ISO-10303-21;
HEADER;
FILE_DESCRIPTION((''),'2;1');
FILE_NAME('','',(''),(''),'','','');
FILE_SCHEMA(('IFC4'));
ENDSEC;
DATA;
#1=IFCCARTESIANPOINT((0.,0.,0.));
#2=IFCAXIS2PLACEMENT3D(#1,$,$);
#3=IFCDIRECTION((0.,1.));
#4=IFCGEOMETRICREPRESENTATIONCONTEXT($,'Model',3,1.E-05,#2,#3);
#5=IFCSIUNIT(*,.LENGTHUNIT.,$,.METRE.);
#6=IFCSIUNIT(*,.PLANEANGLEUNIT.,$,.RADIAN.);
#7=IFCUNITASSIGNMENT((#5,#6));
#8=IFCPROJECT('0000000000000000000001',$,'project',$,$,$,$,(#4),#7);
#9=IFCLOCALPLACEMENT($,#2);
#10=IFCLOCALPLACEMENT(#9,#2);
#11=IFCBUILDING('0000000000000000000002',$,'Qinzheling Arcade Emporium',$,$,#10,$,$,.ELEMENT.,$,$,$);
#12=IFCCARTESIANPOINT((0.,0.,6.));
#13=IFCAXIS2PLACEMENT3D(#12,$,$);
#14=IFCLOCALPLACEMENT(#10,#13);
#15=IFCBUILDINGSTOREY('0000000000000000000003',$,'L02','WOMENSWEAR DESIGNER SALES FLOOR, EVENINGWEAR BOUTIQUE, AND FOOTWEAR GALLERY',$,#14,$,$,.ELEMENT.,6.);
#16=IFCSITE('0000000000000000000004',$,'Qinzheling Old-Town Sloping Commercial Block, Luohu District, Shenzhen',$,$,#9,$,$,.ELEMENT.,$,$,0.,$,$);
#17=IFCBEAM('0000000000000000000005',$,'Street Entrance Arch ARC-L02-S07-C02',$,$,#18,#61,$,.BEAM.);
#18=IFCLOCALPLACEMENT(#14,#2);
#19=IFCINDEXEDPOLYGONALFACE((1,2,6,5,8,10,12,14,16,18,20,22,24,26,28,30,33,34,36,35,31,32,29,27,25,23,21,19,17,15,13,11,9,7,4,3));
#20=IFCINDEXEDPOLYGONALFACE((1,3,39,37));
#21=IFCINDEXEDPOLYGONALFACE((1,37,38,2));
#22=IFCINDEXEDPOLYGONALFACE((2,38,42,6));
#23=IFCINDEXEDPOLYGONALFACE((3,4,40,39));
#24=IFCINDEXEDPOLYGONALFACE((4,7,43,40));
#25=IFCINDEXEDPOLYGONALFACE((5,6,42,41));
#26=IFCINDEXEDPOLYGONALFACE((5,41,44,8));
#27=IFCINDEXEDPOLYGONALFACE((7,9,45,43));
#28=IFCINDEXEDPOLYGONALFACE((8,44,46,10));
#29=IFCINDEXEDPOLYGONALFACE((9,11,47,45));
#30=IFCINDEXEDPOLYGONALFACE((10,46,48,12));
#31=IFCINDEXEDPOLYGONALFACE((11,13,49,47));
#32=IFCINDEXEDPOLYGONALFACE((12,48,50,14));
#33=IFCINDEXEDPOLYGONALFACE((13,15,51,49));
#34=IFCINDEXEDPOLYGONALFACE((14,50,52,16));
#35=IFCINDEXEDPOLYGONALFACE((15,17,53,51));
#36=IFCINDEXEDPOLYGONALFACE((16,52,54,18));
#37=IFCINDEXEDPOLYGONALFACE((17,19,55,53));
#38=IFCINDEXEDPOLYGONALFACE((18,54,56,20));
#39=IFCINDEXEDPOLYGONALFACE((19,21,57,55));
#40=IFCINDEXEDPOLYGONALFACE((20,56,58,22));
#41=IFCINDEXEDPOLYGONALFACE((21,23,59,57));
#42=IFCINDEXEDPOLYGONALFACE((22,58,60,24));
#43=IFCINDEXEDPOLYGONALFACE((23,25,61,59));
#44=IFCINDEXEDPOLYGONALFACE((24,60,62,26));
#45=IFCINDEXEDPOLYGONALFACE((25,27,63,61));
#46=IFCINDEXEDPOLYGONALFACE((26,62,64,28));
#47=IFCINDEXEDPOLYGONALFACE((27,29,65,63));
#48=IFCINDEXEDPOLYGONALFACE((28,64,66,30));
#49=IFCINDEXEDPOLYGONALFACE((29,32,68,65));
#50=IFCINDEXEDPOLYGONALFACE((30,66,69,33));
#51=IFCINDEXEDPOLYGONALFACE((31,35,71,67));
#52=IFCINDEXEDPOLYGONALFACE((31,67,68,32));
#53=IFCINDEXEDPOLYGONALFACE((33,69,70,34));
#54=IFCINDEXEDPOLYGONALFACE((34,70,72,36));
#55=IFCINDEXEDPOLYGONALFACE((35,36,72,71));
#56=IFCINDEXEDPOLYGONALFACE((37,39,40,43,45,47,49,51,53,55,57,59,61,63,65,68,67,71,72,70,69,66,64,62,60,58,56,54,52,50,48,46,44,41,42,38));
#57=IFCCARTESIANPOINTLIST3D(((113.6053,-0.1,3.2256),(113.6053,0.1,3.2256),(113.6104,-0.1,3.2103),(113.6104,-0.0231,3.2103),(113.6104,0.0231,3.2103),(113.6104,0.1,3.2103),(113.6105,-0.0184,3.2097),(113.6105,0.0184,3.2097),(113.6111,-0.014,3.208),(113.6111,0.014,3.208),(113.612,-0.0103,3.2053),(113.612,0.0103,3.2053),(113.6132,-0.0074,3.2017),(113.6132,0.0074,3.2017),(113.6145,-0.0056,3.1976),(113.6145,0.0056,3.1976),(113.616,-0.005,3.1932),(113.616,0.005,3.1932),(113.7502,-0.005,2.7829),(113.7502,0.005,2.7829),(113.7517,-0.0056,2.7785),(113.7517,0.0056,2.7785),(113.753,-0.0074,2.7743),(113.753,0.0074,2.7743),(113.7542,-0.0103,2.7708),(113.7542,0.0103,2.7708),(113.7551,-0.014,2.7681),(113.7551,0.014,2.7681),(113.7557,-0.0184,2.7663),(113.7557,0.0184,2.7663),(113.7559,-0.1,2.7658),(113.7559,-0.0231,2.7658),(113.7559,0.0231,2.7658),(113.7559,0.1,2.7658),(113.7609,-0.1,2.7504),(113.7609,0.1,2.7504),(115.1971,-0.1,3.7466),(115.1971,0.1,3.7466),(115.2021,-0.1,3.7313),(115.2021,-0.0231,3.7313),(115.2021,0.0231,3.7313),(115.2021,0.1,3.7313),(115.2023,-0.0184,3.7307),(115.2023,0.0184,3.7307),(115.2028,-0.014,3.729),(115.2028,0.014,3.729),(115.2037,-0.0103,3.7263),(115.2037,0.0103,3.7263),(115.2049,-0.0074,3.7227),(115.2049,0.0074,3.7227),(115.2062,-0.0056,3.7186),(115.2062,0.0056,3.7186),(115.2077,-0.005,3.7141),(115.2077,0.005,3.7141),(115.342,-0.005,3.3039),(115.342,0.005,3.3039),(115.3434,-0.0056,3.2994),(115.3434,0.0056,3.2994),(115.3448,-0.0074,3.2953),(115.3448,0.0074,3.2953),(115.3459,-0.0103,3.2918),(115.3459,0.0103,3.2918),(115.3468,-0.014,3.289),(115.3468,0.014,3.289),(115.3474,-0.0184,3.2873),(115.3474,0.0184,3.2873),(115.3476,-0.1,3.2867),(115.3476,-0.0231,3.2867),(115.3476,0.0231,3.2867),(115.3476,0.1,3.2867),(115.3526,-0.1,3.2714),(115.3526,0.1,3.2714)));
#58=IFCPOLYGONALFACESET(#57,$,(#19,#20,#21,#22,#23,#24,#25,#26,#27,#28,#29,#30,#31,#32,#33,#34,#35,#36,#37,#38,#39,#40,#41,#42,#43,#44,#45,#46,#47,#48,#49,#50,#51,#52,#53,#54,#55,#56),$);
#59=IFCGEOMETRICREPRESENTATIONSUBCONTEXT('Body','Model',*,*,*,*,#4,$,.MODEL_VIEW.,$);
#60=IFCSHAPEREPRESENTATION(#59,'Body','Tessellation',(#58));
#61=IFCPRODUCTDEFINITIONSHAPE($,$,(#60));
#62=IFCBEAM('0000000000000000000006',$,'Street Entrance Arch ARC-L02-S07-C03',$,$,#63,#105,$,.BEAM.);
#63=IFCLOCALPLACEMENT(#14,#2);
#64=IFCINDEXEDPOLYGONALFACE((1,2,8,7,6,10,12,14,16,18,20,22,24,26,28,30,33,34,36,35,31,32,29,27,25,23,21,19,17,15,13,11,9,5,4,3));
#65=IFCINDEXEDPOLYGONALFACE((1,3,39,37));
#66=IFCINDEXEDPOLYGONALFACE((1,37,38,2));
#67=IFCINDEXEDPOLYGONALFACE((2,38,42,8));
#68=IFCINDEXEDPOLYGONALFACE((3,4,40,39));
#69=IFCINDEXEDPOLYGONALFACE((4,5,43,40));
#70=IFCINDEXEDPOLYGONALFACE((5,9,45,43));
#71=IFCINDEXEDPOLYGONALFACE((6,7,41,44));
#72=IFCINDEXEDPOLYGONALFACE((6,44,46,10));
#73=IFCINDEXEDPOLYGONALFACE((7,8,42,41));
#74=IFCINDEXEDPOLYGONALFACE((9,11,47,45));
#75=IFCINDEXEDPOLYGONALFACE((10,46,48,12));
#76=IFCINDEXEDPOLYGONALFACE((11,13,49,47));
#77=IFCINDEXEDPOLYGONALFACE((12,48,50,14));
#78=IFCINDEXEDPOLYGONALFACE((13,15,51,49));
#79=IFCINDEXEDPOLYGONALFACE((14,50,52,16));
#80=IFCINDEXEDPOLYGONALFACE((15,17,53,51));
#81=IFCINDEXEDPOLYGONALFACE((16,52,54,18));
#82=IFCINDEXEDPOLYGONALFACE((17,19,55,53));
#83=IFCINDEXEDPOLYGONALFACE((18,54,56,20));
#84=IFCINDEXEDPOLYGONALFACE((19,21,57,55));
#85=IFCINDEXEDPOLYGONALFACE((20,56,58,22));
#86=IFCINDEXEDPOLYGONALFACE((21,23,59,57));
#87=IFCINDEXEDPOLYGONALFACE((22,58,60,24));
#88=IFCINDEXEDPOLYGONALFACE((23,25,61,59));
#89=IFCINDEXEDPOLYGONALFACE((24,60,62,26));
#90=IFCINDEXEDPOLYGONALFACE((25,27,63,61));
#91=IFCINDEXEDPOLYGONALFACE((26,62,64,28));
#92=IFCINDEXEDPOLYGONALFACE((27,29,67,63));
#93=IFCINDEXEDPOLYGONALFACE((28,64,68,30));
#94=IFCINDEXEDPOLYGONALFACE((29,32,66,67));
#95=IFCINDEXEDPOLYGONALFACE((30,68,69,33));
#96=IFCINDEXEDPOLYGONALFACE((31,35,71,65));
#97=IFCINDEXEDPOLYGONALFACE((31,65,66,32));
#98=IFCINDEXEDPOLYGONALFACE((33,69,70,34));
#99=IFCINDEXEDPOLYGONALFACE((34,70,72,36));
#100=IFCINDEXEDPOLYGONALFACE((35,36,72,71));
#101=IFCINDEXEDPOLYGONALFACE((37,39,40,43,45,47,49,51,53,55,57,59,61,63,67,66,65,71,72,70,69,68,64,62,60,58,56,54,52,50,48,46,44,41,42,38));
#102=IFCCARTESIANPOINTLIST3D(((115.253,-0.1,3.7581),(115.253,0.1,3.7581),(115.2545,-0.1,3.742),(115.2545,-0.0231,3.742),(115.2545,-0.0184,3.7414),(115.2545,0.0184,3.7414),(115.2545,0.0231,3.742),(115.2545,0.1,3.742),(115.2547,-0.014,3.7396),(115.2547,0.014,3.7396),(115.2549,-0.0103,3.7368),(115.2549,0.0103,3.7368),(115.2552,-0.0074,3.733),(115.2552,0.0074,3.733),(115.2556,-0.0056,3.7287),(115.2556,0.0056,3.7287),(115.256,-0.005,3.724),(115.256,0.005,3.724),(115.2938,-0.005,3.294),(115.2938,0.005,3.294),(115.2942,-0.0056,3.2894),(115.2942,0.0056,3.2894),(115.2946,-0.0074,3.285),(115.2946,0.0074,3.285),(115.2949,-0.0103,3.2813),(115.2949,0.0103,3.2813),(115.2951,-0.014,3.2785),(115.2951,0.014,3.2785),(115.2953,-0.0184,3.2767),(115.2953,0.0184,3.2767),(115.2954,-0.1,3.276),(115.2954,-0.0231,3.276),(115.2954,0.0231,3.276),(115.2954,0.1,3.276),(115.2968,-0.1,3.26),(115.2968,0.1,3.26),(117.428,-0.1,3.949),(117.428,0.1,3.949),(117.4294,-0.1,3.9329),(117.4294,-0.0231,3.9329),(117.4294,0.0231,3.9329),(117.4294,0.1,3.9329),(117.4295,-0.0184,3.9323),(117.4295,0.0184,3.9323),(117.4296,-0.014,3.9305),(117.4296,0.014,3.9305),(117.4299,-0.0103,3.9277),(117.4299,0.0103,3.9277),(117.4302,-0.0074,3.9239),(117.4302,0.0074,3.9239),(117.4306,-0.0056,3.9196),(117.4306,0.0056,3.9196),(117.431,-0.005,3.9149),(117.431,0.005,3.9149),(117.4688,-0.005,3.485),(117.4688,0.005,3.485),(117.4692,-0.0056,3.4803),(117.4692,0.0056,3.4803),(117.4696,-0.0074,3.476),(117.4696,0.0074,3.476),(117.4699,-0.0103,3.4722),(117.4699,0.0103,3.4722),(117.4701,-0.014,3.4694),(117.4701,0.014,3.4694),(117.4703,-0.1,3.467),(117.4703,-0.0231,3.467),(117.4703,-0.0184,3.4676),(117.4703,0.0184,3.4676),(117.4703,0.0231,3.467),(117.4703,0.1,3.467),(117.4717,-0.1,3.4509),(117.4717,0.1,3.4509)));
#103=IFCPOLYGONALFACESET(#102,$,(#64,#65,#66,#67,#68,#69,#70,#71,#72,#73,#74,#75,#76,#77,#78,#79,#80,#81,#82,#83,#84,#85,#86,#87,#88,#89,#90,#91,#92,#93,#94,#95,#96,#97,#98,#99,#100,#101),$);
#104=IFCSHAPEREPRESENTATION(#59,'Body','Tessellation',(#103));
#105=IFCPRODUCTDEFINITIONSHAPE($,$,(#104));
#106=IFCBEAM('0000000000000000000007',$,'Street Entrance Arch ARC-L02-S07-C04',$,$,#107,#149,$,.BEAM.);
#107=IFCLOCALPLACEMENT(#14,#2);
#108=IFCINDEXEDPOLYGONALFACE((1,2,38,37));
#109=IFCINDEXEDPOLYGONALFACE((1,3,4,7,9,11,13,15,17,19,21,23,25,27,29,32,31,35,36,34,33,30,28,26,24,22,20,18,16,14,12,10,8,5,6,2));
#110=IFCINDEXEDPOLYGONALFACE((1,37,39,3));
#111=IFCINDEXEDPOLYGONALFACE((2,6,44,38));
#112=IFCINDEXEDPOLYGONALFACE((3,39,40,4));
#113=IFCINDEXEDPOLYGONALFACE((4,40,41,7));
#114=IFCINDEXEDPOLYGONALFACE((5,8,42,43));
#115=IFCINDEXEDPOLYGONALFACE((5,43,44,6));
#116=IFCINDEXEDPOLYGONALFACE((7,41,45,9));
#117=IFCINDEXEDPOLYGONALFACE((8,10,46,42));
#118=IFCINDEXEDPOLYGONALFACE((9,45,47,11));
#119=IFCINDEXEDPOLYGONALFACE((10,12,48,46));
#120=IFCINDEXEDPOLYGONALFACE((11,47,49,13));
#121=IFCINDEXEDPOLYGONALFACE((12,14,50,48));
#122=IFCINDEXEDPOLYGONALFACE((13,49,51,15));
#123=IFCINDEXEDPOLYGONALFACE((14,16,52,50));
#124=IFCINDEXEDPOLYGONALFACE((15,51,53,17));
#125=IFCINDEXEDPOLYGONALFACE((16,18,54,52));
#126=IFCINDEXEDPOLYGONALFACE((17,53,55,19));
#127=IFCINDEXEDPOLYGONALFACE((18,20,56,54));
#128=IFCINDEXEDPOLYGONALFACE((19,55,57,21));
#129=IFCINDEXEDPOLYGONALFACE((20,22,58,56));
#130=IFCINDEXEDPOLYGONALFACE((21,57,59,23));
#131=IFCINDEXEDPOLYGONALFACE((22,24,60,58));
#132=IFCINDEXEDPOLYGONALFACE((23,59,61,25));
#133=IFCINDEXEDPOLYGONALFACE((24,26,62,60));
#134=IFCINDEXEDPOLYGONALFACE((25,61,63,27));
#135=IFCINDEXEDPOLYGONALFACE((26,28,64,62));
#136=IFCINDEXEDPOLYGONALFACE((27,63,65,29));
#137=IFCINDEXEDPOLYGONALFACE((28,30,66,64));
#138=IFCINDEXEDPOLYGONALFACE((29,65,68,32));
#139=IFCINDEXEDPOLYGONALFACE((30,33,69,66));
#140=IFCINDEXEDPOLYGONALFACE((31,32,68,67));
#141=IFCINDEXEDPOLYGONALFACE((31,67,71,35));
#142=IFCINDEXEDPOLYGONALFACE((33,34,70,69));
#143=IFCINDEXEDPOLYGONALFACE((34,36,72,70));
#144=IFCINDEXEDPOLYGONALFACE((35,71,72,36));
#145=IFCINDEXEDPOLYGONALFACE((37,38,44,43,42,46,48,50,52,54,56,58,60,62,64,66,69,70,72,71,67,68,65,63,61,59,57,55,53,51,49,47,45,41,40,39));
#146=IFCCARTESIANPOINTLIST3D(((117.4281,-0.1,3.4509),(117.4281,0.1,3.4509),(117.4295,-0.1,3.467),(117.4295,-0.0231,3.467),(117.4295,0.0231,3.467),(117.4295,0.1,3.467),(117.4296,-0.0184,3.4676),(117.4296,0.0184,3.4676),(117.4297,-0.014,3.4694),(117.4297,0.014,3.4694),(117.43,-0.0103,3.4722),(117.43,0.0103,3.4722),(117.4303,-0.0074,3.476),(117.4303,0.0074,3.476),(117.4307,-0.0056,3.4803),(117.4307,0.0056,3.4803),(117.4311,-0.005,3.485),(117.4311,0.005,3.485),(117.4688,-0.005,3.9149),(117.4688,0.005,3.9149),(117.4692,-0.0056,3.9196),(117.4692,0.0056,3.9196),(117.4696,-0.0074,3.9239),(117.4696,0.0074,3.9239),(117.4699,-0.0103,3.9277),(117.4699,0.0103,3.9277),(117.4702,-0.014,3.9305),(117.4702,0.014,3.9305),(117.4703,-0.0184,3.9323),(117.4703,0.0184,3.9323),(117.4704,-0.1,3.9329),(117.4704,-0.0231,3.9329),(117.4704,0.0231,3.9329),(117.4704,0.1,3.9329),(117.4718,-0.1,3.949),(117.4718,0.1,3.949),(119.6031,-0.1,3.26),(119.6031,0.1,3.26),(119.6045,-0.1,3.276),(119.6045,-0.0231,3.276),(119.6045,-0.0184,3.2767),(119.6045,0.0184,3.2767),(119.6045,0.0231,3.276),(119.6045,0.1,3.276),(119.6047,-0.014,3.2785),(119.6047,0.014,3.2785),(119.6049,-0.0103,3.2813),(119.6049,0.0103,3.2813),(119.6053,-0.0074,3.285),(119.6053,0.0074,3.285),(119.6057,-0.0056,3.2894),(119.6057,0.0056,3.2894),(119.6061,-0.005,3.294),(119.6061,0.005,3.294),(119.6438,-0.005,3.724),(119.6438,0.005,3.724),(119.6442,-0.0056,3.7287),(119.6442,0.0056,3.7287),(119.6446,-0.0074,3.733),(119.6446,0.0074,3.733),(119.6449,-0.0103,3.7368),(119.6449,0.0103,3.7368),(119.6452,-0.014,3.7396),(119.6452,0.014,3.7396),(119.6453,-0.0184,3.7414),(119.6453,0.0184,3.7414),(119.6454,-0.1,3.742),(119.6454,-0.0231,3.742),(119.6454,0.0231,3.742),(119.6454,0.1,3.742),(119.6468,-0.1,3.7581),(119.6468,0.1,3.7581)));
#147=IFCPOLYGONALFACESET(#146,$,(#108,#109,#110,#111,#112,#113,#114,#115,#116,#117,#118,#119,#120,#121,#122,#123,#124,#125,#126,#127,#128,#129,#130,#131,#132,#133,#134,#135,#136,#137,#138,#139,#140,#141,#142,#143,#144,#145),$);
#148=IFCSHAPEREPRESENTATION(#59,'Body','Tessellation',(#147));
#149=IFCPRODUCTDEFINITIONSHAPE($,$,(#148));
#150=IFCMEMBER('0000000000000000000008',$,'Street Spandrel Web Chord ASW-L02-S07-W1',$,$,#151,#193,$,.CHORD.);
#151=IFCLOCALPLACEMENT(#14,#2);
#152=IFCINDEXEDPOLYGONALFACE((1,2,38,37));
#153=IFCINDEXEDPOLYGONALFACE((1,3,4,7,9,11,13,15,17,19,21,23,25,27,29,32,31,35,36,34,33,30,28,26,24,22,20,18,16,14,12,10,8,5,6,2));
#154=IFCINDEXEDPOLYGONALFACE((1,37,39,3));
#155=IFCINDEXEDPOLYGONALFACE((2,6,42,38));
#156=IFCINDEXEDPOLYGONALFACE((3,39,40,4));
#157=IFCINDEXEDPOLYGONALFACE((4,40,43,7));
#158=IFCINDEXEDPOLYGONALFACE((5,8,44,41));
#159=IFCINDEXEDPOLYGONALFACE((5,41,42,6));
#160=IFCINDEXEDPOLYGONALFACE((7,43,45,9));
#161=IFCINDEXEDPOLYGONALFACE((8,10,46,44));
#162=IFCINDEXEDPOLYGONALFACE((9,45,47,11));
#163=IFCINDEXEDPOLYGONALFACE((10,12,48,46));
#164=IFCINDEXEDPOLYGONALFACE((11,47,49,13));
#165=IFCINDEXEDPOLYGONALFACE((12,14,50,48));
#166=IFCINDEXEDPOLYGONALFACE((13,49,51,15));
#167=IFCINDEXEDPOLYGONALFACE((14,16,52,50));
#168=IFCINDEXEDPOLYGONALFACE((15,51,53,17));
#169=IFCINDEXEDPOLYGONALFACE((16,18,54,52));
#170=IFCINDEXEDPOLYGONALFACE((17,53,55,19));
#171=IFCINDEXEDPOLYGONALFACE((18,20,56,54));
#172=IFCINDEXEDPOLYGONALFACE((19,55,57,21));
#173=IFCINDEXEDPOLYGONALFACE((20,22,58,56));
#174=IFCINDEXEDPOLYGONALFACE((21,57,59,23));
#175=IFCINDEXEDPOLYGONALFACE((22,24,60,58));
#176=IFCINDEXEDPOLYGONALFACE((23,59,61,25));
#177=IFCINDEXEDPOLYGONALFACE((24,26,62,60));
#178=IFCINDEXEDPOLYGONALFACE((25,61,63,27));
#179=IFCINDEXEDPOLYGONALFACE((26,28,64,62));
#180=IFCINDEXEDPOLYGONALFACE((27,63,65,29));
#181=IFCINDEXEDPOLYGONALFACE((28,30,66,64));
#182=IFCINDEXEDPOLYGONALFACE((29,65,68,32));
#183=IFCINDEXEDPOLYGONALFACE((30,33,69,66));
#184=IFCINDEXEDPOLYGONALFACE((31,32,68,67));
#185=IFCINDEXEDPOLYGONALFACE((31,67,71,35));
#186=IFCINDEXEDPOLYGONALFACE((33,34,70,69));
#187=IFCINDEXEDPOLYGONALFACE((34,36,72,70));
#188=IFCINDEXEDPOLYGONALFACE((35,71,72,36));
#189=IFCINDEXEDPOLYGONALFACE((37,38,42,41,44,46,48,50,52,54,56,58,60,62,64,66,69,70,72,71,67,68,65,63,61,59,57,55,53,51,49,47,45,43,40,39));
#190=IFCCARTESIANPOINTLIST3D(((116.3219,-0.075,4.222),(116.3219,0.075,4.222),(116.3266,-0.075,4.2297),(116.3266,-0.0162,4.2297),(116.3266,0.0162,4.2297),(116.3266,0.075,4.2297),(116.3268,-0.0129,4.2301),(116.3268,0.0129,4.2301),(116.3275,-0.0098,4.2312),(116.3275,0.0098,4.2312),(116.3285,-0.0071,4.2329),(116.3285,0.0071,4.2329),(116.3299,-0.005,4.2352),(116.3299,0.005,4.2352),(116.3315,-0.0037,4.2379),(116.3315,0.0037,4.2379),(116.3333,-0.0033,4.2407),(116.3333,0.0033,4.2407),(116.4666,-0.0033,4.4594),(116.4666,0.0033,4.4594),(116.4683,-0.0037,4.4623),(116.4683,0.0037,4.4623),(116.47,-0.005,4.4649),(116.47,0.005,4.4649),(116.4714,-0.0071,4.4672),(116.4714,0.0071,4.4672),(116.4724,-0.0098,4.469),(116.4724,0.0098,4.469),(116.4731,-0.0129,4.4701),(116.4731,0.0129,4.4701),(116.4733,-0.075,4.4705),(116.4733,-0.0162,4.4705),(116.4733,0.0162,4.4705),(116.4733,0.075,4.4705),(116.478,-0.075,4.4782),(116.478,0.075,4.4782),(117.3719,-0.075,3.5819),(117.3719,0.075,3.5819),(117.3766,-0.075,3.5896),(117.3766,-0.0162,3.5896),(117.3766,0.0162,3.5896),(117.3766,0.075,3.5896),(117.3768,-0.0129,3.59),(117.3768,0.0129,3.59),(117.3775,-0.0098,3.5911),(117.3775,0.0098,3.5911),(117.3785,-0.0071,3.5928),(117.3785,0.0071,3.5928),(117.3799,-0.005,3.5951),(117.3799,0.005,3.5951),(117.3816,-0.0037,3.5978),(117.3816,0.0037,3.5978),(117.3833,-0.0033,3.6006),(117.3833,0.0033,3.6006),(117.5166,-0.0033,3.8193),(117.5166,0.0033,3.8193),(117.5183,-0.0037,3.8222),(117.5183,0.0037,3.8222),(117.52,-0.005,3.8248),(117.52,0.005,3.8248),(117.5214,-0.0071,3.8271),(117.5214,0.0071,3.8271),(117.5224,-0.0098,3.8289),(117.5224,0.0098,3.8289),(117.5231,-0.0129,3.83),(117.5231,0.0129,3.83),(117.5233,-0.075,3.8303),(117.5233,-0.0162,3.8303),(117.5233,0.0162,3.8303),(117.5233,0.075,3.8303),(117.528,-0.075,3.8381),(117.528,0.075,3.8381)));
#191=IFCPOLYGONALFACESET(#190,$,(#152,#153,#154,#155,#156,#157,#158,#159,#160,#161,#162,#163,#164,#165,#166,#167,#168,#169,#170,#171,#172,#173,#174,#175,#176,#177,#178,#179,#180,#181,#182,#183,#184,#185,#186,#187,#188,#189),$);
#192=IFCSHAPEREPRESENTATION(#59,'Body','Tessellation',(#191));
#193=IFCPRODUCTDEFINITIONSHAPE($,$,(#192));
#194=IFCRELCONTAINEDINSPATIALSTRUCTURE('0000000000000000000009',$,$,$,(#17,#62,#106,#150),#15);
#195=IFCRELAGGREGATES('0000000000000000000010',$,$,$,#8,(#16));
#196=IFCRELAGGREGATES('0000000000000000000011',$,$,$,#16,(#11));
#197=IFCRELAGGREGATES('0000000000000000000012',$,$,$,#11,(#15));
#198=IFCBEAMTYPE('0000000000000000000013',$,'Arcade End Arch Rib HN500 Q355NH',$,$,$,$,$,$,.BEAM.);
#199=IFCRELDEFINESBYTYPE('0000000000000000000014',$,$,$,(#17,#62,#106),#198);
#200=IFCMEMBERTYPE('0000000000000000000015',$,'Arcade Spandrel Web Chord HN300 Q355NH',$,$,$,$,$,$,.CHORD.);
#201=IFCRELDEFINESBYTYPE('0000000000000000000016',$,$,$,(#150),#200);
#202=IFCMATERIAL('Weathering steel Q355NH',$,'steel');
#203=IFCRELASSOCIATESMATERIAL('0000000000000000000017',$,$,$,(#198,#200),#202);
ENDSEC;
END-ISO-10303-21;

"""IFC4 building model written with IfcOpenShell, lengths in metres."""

from ifc_helpers import new_model, si_unit, direction, frame, origin, origin_2d, place, context, subcontext, project, spatial, i_section, extrude, material, material_profile, profile_set, type_object, element, save


model = new_model("IFC4")

# Units and contexts
model_context = context("Model", 3, precision=1e-05, world=origin(), true_north=direction((0.0, 1.0)))
body_context = subcontext(model_context, "Body", "Model", "MODEL_VIEW")
ifc_project = project(units=[si_unit("LENGTHUNIT", "METRE"), si_unit("PLANEANGLEUNIT", "RADIAN")], contexts=[model_context])

# Site, building, storey
site_placement = place(None, origin())
site = spatial("IfcSite", under=ifc_project, at=site_placement, Name="Qinzheling Old-Town Sloping Commercial Block, Luohu District, Shenzhen", CompositionType="ELEMENT", RefElevation=0.0)
building_placement = place(site_placement, origin())
building = spatial("IfcBuilding", under=site, at=building_placement, Name="Qinzheling Arcade Emporium", CompositionType="ELEMENT")
storey_placement = place(building_placement, frame((0.0, 0.0, 6.0)))
storey = spatial("IfcBuildingStorey", under=building, at=storey_placement, Name="L02", Description="WOMENSWEAR DESIGNER SALES FLOOR, EVENINGWEAR BOUTIQUE, AND FOOTWEAR GALLERY", CompositionType="ELEMENT", Elevation=6.0)

# Beams
ifc_material_1 = material(Name="Weathering steel Q355NH", Category="steel")
ifc_material_profile_1 = material_profile(ifc_material_1, i_section(OverallWidth=0.2, OverallDepth=0.5, WebThickness=0.01, FlangeThickness=0.0161, FilletRadius=0.0181, at=origin_2d()), Name="HN 500x200x10x16", Category="steel")
ifc_profile_set_1 = profile_set([ifc_material_profile_1], Name="Weathering steel Q355NH")
beam_type_1 = type_object("IfcBeamType", Name="Arcade End Arch Rib HN500 Q355NH", PredefinedType="BEAM", material=ifc_profile_set_1)
beam_1_placement = place(storey_placement, frame((113.6831, 0.0, 2.988), z_axis=(0.950389, 0.0, 0.311063), x_axis=(0.0, 1.0, 0.0)))
element("IfcBeam", 1, at=beam_1_placement, inside=storey, type_object=beam_type_1, Name="Street Entrance Arch ARC-L02-S07-C02", PredefinedType="BEAM", context=body_context, shape_type="SweptSolid", body=[
    extrude(i_section(OverallWidth=0.2, OverallDepth=0.5, WebThickness=0.01, FlangeThickness=0.0161, FilletRadius=0.0181, at=origin_2d()), origin(), (0.0, 0.0, 1.0), 1.6748),
])
for number, where, z_axis, x_axis, name in (
    (2, (115.2749, 0.0, 3.509), (0.99617, 0.0, 0.08744), (0.0, 1.0, 0.0), "Street Entrance Arch ARC-L02-S07-C03"),
    (3, (117.45, 0.0, 3.7), (0.99617, 0.0, -0.08744), (0.0, 1.0, 0.0), "Street Entrance Arch ARC-L02-S07-C04"),
):
    element("IfcBeam", number, at=place(storey_placement, frame(where, z_axis=z_axis, x_axis=x_axis)), inside=storey, type_object=beam_type_1, Name=name, PredefinedType="BEAM", context=body_context, shape_type="SweptSolid", body=[
        extrude(i_section(OverallWidth=0.2, OverallDepth=0.5, WebThickness=0.01, FlangeThickness=0.0161, FilletRadius=0.0181, at=origin_2d()), origin(), (0.0, 0.0, 1.0), 2.1833),
    ])

# Member
ifc_material_profile_2 = material_profile(ifc_material_1, i_section(OverallWidth=0.1499, OverallDepth=0.3, WebThickness=0.0066, FlangeThickness=0.009, FilletRadius=0.0129, at=origin_2d()), Name="HN 300x150x6.5x9", Category="steel")
ifc_profile_set_2 = profile_set([ifc_material_profile_2], Name="Weathering steel Q355NH")
member_type_1 = type_object("IfcMemberType", Name="Arcade Spandrel Web Chord HN300 Q355NH", PredefinedType="CHORD", material=ifc_profile_set_2)
for number, where, z_axis, x_axis, name in (
    (4, (117.45, 0.0, 3.71), (-0.853846, 0.0, 0.520526), (0.0, -1.0, 0.0), "Street Spandrel Web Chord ASW-L02-S07-W1"),
):
    element("IfcMember", number, at=place(storey_placement, frame(where, z_axis=z_axis, x_axis=x_axis)), inside=storey, type_object=member_type_1, Name=name, PredefinedType="CHORD", context=body_context, shape_type="SweptSolid", body=[
        extrude(i_section(OverallWidth=0.1499, OverallDepth=0.3, WebThickness=0.0066, FlangeThickness=0.009, FilletRadius=0.0129, at=origin_2d()), origin(), (0.0, 0.0, 1.0), 1.2297),
    ])

save(model, "model.ifc")
